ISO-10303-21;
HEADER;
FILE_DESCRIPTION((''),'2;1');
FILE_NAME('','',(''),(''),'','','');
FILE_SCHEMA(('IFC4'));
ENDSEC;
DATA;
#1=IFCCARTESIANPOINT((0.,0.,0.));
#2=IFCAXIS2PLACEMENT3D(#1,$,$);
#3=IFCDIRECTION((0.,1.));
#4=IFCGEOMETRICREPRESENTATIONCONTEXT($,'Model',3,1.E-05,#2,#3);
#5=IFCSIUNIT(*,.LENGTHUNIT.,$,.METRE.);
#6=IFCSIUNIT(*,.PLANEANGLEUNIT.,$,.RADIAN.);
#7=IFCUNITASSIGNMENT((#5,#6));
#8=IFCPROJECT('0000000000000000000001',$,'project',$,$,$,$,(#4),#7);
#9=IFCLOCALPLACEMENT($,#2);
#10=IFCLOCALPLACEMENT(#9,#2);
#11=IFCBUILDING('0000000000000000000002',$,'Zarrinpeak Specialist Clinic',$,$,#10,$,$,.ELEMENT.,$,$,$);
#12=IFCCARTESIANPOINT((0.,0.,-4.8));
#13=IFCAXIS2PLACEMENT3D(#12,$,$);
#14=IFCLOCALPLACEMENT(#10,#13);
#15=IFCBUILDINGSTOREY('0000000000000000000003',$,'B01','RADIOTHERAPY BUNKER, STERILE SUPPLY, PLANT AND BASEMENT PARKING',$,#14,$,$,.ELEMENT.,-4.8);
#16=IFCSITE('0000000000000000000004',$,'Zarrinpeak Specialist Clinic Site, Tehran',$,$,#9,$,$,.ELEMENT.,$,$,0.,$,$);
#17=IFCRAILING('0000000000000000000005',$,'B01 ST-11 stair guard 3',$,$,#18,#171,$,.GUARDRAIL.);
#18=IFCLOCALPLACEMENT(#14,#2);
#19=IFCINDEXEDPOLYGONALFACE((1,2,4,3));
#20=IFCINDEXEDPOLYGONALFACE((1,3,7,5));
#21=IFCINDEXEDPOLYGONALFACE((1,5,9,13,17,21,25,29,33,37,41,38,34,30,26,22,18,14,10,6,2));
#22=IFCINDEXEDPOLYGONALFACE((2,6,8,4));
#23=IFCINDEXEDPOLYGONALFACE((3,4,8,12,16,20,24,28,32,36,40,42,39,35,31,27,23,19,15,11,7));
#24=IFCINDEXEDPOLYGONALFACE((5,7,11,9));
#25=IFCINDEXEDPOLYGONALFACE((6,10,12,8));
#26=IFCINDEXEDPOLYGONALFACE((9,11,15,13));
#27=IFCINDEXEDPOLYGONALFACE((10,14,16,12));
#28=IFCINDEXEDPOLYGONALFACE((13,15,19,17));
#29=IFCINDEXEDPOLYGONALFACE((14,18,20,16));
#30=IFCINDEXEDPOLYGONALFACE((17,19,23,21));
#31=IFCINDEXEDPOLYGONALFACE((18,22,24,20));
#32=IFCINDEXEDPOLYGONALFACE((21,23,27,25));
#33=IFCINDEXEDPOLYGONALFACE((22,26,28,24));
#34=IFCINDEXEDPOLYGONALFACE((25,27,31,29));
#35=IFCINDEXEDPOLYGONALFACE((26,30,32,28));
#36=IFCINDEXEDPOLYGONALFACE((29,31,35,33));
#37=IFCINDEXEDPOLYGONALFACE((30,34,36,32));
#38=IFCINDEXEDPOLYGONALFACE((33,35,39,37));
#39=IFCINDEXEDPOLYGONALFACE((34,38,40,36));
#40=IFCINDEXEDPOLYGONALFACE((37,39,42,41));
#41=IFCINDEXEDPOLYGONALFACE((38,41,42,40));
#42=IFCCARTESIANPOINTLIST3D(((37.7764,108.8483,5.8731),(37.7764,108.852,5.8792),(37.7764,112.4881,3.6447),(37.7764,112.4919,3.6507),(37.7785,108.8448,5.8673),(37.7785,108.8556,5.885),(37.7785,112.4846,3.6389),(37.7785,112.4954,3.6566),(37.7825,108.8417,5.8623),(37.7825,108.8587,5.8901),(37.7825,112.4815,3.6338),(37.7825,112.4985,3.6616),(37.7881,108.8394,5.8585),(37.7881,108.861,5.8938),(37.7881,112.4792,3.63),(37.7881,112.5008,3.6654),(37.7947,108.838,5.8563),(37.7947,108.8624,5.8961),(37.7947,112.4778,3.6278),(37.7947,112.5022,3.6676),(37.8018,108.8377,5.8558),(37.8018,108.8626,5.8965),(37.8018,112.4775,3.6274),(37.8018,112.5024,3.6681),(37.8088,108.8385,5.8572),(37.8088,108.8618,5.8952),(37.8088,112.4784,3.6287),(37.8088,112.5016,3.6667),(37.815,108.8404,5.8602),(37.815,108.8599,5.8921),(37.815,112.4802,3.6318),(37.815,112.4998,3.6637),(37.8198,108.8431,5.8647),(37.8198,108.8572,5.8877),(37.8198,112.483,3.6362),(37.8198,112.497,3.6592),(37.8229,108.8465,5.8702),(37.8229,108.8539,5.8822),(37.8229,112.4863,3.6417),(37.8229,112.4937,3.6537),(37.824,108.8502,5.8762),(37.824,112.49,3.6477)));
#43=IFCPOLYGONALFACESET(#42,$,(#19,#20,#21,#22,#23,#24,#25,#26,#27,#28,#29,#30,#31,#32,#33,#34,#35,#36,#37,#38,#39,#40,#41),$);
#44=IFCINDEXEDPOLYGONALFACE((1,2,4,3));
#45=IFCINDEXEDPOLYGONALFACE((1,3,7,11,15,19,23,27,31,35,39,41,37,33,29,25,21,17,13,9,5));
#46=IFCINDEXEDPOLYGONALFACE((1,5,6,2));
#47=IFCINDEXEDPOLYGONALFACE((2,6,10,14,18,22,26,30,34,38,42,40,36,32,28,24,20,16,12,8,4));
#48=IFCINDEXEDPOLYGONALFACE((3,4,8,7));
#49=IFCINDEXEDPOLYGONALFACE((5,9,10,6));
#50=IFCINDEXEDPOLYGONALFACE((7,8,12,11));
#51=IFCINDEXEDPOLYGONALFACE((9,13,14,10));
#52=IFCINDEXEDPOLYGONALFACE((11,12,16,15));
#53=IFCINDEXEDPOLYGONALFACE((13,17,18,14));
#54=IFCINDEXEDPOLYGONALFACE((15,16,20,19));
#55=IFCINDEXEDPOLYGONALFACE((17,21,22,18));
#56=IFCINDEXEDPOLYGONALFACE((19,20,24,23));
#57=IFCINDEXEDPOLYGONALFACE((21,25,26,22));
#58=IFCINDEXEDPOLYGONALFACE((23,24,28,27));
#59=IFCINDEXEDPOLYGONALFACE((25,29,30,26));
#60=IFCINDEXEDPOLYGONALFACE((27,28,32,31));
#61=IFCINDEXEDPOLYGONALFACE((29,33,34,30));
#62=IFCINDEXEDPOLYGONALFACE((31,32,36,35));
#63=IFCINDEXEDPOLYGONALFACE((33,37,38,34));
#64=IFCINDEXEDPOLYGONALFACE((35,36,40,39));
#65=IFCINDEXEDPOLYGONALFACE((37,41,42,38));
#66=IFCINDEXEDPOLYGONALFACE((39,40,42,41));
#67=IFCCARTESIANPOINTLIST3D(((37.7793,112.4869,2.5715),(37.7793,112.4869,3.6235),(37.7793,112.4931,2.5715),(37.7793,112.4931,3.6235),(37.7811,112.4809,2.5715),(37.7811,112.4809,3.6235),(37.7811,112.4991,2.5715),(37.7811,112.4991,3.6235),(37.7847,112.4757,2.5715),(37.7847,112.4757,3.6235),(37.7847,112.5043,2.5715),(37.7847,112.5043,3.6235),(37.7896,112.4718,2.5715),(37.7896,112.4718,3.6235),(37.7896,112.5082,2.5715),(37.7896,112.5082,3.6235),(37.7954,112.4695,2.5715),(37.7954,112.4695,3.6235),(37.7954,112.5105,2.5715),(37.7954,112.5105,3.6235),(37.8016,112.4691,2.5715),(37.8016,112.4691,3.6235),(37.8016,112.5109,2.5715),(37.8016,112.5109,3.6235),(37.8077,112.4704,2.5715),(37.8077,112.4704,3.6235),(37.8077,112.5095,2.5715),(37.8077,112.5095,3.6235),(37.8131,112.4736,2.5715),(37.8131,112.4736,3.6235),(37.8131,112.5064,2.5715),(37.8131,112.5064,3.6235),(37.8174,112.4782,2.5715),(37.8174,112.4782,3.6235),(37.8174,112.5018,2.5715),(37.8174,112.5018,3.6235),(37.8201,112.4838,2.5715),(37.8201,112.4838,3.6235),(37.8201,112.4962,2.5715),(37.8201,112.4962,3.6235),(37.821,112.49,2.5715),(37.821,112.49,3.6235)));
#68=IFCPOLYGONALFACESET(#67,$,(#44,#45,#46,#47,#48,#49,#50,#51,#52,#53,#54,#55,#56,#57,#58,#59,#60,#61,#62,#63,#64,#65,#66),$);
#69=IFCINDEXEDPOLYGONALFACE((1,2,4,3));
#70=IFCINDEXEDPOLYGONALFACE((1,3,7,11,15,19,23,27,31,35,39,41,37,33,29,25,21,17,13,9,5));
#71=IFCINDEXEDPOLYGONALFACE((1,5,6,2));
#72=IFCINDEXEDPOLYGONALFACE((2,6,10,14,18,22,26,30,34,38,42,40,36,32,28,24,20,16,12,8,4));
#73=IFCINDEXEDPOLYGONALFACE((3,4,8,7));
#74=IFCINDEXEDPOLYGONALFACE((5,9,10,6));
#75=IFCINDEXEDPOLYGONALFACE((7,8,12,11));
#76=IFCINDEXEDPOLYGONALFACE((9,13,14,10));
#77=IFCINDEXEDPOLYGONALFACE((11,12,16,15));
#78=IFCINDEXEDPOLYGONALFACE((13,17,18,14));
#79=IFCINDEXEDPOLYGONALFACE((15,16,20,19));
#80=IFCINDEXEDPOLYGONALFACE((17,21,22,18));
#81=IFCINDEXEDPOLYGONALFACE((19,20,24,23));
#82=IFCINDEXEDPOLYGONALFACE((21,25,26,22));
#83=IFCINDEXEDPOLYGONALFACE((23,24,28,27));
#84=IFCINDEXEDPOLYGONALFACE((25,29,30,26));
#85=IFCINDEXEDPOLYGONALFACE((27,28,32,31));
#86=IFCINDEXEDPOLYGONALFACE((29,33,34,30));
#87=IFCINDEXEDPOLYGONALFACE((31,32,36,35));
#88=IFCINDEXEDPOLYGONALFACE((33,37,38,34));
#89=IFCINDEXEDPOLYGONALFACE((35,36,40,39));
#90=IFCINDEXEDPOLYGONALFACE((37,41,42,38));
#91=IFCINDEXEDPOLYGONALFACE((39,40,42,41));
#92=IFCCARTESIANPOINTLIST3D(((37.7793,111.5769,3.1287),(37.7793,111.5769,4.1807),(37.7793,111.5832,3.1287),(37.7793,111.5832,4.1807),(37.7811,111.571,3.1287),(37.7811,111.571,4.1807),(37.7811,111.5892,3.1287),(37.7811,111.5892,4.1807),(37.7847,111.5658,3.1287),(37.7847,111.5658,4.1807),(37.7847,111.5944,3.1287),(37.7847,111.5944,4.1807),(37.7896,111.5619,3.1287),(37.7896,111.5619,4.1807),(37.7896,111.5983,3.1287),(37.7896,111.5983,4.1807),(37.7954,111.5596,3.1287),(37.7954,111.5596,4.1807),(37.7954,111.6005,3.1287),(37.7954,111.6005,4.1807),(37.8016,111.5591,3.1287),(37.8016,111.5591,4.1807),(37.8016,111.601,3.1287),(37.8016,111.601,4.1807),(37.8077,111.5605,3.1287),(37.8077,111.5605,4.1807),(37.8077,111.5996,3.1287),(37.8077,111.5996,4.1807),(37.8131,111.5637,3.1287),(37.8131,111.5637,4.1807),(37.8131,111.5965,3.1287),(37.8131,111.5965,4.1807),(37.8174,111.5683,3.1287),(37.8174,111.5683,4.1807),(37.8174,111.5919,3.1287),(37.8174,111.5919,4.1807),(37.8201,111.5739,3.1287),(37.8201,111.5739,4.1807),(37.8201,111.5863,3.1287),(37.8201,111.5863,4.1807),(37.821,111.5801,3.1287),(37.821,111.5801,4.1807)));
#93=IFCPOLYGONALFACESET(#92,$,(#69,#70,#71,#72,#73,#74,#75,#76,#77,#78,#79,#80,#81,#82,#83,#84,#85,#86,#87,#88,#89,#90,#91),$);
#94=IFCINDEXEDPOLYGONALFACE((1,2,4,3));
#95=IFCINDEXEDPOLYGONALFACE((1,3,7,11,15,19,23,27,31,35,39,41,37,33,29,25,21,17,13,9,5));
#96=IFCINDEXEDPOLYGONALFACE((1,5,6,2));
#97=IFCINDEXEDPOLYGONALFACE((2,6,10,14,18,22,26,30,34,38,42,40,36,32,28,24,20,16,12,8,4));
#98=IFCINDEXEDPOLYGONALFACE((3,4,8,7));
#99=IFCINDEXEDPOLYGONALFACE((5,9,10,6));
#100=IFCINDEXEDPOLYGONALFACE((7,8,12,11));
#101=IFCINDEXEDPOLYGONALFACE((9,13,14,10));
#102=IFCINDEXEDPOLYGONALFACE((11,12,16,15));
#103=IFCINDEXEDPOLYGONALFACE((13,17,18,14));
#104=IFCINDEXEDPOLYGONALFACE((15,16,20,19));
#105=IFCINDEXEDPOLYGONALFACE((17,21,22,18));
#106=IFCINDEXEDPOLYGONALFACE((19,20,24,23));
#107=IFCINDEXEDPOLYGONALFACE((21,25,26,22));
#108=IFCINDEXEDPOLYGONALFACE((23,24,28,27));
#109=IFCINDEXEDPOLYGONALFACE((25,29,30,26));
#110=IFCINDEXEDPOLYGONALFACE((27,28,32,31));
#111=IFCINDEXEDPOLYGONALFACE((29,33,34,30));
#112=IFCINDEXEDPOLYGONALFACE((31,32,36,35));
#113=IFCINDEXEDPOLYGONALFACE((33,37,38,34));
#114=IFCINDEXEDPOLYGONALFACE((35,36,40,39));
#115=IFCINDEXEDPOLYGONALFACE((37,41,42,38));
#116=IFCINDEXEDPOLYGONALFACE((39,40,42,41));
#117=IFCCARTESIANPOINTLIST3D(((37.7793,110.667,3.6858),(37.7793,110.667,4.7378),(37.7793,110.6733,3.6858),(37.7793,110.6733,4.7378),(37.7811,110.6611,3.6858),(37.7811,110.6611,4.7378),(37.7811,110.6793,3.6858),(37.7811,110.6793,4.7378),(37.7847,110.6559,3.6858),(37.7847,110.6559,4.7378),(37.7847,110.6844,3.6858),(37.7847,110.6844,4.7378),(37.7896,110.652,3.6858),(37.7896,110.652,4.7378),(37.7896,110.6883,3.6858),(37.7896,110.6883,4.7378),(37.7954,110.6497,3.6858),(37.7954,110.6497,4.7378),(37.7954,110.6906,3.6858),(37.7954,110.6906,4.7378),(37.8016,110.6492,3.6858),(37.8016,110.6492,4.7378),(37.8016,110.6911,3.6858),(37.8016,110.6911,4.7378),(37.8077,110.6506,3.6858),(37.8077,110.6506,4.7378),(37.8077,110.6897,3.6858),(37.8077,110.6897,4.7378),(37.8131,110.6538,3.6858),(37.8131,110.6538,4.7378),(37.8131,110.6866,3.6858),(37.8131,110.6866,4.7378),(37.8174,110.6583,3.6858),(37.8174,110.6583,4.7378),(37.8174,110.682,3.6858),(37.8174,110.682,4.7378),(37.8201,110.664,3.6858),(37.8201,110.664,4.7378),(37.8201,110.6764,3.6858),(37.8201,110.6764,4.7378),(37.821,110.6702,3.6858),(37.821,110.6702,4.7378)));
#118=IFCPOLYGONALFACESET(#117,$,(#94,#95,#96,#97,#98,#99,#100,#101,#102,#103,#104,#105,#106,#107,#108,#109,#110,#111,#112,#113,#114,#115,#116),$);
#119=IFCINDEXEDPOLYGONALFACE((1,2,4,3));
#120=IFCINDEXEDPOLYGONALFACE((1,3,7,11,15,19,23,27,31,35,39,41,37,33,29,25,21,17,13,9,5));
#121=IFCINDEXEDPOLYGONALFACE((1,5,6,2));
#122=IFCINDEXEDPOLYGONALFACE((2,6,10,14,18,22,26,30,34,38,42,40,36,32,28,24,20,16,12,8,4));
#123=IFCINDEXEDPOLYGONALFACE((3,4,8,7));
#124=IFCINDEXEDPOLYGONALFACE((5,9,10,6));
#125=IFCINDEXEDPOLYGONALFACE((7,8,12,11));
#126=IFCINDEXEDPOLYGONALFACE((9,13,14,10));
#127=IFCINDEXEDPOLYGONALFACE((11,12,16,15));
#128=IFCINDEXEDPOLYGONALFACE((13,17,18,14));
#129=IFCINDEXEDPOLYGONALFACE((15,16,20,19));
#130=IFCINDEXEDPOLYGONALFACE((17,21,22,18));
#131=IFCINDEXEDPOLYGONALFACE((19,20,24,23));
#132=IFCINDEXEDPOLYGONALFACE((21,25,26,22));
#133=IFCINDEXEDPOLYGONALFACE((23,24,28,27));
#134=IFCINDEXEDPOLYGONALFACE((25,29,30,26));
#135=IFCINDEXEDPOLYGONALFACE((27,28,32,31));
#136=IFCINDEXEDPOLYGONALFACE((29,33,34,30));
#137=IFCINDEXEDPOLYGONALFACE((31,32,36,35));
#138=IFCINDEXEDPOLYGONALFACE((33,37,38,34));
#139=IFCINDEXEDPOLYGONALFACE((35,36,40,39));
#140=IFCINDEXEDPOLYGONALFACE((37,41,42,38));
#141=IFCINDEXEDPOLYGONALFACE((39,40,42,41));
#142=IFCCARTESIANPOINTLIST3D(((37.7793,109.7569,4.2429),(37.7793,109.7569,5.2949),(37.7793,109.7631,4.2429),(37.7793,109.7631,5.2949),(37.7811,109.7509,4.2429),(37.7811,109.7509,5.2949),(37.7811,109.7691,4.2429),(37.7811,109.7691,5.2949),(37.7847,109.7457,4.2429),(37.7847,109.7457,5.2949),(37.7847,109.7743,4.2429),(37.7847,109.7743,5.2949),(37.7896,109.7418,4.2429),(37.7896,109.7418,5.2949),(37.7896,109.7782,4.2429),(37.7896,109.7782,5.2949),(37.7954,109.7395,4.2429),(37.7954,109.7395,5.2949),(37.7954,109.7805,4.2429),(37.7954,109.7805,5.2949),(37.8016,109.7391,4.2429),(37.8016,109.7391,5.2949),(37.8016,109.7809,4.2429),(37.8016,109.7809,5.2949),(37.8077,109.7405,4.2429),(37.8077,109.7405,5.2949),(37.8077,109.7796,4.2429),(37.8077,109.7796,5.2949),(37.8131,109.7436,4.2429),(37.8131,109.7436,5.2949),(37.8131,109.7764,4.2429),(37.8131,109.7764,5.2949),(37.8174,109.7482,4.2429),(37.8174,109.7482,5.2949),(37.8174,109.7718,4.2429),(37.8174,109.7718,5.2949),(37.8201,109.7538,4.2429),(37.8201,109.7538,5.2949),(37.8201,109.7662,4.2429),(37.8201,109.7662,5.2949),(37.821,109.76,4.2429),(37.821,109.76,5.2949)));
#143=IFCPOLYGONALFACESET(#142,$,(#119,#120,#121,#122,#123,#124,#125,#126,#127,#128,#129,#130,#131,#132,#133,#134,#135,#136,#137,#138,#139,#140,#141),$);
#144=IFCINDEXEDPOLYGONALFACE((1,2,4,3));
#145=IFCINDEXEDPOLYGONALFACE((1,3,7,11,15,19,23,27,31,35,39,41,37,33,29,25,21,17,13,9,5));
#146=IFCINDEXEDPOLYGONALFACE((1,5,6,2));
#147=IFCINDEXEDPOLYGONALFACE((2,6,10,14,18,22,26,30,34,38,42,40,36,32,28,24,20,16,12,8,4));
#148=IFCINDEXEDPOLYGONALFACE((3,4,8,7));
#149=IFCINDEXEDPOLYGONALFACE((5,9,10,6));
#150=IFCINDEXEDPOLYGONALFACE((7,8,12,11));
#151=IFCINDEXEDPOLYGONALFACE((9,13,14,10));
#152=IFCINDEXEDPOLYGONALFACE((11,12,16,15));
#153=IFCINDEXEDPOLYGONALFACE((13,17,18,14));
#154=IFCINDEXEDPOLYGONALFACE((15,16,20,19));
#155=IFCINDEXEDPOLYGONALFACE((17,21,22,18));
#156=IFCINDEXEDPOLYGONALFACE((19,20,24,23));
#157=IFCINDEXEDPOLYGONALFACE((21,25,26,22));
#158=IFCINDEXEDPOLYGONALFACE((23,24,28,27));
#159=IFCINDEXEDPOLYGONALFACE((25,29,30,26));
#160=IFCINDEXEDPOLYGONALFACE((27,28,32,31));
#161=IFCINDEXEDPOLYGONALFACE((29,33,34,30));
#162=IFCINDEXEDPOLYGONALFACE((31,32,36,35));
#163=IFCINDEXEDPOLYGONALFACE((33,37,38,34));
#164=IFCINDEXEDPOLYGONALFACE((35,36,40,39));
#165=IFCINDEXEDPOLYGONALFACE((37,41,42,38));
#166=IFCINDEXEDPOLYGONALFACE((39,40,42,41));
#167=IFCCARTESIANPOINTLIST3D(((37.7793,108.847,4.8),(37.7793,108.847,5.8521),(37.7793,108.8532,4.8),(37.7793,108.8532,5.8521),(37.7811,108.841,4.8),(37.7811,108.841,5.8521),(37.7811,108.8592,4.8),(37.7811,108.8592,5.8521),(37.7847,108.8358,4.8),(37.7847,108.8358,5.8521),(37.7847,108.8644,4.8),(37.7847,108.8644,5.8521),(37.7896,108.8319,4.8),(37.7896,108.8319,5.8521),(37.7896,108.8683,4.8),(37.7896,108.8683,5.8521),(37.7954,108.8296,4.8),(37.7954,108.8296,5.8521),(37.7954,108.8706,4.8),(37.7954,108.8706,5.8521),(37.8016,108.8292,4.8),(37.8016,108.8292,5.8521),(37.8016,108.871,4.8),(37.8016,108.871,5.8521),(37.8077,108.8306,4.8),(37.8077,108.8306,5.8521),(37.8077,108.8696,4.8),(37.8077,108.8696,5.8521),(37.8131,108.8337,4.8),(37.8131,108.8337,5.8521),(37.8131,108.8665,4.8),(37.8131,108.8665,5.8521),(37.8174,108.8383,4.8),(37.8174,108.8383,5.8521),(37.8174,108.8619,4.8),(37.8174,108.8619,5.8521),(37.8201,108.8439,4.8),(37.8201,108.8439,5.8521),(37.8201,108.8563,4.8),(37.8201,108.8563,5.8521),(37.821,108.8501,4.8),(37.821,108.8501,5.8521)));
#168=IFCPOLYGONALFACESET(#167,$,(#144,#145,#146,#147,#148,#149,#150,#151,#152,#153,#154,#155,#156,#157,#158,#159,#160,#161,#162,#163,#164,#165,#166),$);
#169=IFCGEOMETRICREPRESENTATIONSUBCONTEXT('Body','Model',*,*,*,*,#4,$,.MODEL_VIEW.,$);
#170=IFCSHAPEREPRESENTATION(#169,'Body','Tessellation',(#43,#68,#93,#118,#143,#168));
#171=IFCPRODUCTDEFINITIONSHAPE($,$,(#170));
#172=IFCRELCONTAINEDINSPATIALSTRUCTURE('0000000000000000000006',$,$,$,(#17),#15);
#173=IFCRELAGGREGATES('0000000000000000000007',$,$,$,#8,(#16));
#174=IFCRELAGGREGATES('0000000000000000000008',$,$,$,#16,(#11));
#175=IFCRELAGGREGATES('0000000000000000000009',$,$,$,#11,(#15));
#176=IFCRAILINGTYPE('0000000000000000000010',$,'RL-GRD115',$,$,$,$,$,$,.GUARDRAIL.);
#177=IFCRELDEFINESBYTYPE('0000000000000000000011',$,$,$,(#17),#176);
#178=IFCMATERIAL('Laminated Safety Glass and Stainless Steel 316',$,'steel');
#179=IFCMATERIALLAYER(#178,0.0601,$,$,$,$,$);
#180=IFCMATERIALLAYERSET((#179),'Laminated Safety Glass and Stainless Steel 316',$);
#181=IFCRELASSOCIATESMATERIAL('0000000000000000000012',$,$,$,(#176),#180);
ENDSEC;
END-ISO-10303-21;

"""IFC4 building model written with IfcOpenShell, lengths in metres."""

from ifc_helpers import new_model, si_unit, direction, frame, origin, origin_2d, place, context, subcontext, project, spatial, circle, extrude, material, layer, layer_set, type_object, element, save


model = new_model("IFC4")

# Units and contexts
model_context = context("Model", 3, precision=1e-05, world=origin(), true_north=direction((0.0, 1.0)))
body_context = subcontext(model_context, "Body", "Model", "MODEL_VIEW")
ifc_project = project(units=[si_unit("LENGTHUNIT", "METRE"), si_unit("PLANEANGLEUNIT", "RADIAN")], contexts=[model_context])

# Site, building, storey
site_placement = place(None, origin())
site = spatial("IfcSite", under=ifc_project, at=site_placement, Name="Zarrinpeak Specialist Clinic Site, Tehran", CompositionType="ELEMENT", RefElevation=0.0)
building_placement = place(site_placement, origin())
building = spatial("IfcBuilding", under=site, at=building_placement, Name="Zarrinpeak Specialist Clinic", CompositionType="ELEMENT")
storey_placement = place(building_placement, frame((0.0, 0.0, -4.8)))
storey = spatial("IfcBuildingStorey", under=building, at=storey_placement, Name="B01", Description="RADIOTHERAPY BUNKER, STERILE SUPPLY, PLANT AND BASEMENT PARKING", CompositionType="ELEMENT", Elevation=-4.8)

# Railing
ifc_material_1 = material(Name="Laminated Safety Glass and Stainless Steel 316", Category="steel")
ifc_layer_1 = layer(ifc_material_1, 0.0601)
ifc_layer_set_1 = layer_set([ifc_layer_1], Name="Laminated Safety Glass and Stainless Steel 316")
railing_type_1 = type_object("IfcRailingType", Name="RL-GRD115", PredefinedType="GUARDRAIL", material=ifc_layer_set_1)
railing_1_placement = place(storey_placement, frame((37.8, 112.49, 2.5715)))
element("IfcRailing", 1, at=railing_1_placement, inside=storey, type_object=railing_type_1, Name="B01 ST-11 stair guard 3", PredefinedType="GUARDRAIL", context=body_context, shape_type="SweptSolid", body=[
    extrude(circle(Radius=0.0239, at=origin_2d()), frame((0.0, 0.0, 1.0762), z_axis=(0.0, -0.85285, 0.522156), x_axis=(1.0, 0.0, 0.0)), (0.0, 0.0, 1.0), 4.2678),
    extrude(circle(Radius=0.021, at=origin_2d()), origin(), (0.0, 0.0, 1.0), 1.052),
    extrude(circle(Radius=0.021, at=origin_2d()), frame((0.0, -0.9099, 0.5571)), (0.0, 0.0, 1.0), 1.052),
    extrude(circle(Radius=0.021, at=origin_2d()), frame((0.0, -1.8198, 1.1143)), (0.0, 0.0, 1.0), 1.052),
    extrude(circle(Radius=0.021, at=origin_2d()), frame((0.0, -2.73, 1.6714)), (0.0, 0.0, 1.0), 1.052),
    extrude(circle(Radius=0.021, at=origin_2d()), frame((0.0, -3.6399, 2.2285)), (0.0, 0.0, 1.0), 1.052),
])

save(model, "model.ifc")
